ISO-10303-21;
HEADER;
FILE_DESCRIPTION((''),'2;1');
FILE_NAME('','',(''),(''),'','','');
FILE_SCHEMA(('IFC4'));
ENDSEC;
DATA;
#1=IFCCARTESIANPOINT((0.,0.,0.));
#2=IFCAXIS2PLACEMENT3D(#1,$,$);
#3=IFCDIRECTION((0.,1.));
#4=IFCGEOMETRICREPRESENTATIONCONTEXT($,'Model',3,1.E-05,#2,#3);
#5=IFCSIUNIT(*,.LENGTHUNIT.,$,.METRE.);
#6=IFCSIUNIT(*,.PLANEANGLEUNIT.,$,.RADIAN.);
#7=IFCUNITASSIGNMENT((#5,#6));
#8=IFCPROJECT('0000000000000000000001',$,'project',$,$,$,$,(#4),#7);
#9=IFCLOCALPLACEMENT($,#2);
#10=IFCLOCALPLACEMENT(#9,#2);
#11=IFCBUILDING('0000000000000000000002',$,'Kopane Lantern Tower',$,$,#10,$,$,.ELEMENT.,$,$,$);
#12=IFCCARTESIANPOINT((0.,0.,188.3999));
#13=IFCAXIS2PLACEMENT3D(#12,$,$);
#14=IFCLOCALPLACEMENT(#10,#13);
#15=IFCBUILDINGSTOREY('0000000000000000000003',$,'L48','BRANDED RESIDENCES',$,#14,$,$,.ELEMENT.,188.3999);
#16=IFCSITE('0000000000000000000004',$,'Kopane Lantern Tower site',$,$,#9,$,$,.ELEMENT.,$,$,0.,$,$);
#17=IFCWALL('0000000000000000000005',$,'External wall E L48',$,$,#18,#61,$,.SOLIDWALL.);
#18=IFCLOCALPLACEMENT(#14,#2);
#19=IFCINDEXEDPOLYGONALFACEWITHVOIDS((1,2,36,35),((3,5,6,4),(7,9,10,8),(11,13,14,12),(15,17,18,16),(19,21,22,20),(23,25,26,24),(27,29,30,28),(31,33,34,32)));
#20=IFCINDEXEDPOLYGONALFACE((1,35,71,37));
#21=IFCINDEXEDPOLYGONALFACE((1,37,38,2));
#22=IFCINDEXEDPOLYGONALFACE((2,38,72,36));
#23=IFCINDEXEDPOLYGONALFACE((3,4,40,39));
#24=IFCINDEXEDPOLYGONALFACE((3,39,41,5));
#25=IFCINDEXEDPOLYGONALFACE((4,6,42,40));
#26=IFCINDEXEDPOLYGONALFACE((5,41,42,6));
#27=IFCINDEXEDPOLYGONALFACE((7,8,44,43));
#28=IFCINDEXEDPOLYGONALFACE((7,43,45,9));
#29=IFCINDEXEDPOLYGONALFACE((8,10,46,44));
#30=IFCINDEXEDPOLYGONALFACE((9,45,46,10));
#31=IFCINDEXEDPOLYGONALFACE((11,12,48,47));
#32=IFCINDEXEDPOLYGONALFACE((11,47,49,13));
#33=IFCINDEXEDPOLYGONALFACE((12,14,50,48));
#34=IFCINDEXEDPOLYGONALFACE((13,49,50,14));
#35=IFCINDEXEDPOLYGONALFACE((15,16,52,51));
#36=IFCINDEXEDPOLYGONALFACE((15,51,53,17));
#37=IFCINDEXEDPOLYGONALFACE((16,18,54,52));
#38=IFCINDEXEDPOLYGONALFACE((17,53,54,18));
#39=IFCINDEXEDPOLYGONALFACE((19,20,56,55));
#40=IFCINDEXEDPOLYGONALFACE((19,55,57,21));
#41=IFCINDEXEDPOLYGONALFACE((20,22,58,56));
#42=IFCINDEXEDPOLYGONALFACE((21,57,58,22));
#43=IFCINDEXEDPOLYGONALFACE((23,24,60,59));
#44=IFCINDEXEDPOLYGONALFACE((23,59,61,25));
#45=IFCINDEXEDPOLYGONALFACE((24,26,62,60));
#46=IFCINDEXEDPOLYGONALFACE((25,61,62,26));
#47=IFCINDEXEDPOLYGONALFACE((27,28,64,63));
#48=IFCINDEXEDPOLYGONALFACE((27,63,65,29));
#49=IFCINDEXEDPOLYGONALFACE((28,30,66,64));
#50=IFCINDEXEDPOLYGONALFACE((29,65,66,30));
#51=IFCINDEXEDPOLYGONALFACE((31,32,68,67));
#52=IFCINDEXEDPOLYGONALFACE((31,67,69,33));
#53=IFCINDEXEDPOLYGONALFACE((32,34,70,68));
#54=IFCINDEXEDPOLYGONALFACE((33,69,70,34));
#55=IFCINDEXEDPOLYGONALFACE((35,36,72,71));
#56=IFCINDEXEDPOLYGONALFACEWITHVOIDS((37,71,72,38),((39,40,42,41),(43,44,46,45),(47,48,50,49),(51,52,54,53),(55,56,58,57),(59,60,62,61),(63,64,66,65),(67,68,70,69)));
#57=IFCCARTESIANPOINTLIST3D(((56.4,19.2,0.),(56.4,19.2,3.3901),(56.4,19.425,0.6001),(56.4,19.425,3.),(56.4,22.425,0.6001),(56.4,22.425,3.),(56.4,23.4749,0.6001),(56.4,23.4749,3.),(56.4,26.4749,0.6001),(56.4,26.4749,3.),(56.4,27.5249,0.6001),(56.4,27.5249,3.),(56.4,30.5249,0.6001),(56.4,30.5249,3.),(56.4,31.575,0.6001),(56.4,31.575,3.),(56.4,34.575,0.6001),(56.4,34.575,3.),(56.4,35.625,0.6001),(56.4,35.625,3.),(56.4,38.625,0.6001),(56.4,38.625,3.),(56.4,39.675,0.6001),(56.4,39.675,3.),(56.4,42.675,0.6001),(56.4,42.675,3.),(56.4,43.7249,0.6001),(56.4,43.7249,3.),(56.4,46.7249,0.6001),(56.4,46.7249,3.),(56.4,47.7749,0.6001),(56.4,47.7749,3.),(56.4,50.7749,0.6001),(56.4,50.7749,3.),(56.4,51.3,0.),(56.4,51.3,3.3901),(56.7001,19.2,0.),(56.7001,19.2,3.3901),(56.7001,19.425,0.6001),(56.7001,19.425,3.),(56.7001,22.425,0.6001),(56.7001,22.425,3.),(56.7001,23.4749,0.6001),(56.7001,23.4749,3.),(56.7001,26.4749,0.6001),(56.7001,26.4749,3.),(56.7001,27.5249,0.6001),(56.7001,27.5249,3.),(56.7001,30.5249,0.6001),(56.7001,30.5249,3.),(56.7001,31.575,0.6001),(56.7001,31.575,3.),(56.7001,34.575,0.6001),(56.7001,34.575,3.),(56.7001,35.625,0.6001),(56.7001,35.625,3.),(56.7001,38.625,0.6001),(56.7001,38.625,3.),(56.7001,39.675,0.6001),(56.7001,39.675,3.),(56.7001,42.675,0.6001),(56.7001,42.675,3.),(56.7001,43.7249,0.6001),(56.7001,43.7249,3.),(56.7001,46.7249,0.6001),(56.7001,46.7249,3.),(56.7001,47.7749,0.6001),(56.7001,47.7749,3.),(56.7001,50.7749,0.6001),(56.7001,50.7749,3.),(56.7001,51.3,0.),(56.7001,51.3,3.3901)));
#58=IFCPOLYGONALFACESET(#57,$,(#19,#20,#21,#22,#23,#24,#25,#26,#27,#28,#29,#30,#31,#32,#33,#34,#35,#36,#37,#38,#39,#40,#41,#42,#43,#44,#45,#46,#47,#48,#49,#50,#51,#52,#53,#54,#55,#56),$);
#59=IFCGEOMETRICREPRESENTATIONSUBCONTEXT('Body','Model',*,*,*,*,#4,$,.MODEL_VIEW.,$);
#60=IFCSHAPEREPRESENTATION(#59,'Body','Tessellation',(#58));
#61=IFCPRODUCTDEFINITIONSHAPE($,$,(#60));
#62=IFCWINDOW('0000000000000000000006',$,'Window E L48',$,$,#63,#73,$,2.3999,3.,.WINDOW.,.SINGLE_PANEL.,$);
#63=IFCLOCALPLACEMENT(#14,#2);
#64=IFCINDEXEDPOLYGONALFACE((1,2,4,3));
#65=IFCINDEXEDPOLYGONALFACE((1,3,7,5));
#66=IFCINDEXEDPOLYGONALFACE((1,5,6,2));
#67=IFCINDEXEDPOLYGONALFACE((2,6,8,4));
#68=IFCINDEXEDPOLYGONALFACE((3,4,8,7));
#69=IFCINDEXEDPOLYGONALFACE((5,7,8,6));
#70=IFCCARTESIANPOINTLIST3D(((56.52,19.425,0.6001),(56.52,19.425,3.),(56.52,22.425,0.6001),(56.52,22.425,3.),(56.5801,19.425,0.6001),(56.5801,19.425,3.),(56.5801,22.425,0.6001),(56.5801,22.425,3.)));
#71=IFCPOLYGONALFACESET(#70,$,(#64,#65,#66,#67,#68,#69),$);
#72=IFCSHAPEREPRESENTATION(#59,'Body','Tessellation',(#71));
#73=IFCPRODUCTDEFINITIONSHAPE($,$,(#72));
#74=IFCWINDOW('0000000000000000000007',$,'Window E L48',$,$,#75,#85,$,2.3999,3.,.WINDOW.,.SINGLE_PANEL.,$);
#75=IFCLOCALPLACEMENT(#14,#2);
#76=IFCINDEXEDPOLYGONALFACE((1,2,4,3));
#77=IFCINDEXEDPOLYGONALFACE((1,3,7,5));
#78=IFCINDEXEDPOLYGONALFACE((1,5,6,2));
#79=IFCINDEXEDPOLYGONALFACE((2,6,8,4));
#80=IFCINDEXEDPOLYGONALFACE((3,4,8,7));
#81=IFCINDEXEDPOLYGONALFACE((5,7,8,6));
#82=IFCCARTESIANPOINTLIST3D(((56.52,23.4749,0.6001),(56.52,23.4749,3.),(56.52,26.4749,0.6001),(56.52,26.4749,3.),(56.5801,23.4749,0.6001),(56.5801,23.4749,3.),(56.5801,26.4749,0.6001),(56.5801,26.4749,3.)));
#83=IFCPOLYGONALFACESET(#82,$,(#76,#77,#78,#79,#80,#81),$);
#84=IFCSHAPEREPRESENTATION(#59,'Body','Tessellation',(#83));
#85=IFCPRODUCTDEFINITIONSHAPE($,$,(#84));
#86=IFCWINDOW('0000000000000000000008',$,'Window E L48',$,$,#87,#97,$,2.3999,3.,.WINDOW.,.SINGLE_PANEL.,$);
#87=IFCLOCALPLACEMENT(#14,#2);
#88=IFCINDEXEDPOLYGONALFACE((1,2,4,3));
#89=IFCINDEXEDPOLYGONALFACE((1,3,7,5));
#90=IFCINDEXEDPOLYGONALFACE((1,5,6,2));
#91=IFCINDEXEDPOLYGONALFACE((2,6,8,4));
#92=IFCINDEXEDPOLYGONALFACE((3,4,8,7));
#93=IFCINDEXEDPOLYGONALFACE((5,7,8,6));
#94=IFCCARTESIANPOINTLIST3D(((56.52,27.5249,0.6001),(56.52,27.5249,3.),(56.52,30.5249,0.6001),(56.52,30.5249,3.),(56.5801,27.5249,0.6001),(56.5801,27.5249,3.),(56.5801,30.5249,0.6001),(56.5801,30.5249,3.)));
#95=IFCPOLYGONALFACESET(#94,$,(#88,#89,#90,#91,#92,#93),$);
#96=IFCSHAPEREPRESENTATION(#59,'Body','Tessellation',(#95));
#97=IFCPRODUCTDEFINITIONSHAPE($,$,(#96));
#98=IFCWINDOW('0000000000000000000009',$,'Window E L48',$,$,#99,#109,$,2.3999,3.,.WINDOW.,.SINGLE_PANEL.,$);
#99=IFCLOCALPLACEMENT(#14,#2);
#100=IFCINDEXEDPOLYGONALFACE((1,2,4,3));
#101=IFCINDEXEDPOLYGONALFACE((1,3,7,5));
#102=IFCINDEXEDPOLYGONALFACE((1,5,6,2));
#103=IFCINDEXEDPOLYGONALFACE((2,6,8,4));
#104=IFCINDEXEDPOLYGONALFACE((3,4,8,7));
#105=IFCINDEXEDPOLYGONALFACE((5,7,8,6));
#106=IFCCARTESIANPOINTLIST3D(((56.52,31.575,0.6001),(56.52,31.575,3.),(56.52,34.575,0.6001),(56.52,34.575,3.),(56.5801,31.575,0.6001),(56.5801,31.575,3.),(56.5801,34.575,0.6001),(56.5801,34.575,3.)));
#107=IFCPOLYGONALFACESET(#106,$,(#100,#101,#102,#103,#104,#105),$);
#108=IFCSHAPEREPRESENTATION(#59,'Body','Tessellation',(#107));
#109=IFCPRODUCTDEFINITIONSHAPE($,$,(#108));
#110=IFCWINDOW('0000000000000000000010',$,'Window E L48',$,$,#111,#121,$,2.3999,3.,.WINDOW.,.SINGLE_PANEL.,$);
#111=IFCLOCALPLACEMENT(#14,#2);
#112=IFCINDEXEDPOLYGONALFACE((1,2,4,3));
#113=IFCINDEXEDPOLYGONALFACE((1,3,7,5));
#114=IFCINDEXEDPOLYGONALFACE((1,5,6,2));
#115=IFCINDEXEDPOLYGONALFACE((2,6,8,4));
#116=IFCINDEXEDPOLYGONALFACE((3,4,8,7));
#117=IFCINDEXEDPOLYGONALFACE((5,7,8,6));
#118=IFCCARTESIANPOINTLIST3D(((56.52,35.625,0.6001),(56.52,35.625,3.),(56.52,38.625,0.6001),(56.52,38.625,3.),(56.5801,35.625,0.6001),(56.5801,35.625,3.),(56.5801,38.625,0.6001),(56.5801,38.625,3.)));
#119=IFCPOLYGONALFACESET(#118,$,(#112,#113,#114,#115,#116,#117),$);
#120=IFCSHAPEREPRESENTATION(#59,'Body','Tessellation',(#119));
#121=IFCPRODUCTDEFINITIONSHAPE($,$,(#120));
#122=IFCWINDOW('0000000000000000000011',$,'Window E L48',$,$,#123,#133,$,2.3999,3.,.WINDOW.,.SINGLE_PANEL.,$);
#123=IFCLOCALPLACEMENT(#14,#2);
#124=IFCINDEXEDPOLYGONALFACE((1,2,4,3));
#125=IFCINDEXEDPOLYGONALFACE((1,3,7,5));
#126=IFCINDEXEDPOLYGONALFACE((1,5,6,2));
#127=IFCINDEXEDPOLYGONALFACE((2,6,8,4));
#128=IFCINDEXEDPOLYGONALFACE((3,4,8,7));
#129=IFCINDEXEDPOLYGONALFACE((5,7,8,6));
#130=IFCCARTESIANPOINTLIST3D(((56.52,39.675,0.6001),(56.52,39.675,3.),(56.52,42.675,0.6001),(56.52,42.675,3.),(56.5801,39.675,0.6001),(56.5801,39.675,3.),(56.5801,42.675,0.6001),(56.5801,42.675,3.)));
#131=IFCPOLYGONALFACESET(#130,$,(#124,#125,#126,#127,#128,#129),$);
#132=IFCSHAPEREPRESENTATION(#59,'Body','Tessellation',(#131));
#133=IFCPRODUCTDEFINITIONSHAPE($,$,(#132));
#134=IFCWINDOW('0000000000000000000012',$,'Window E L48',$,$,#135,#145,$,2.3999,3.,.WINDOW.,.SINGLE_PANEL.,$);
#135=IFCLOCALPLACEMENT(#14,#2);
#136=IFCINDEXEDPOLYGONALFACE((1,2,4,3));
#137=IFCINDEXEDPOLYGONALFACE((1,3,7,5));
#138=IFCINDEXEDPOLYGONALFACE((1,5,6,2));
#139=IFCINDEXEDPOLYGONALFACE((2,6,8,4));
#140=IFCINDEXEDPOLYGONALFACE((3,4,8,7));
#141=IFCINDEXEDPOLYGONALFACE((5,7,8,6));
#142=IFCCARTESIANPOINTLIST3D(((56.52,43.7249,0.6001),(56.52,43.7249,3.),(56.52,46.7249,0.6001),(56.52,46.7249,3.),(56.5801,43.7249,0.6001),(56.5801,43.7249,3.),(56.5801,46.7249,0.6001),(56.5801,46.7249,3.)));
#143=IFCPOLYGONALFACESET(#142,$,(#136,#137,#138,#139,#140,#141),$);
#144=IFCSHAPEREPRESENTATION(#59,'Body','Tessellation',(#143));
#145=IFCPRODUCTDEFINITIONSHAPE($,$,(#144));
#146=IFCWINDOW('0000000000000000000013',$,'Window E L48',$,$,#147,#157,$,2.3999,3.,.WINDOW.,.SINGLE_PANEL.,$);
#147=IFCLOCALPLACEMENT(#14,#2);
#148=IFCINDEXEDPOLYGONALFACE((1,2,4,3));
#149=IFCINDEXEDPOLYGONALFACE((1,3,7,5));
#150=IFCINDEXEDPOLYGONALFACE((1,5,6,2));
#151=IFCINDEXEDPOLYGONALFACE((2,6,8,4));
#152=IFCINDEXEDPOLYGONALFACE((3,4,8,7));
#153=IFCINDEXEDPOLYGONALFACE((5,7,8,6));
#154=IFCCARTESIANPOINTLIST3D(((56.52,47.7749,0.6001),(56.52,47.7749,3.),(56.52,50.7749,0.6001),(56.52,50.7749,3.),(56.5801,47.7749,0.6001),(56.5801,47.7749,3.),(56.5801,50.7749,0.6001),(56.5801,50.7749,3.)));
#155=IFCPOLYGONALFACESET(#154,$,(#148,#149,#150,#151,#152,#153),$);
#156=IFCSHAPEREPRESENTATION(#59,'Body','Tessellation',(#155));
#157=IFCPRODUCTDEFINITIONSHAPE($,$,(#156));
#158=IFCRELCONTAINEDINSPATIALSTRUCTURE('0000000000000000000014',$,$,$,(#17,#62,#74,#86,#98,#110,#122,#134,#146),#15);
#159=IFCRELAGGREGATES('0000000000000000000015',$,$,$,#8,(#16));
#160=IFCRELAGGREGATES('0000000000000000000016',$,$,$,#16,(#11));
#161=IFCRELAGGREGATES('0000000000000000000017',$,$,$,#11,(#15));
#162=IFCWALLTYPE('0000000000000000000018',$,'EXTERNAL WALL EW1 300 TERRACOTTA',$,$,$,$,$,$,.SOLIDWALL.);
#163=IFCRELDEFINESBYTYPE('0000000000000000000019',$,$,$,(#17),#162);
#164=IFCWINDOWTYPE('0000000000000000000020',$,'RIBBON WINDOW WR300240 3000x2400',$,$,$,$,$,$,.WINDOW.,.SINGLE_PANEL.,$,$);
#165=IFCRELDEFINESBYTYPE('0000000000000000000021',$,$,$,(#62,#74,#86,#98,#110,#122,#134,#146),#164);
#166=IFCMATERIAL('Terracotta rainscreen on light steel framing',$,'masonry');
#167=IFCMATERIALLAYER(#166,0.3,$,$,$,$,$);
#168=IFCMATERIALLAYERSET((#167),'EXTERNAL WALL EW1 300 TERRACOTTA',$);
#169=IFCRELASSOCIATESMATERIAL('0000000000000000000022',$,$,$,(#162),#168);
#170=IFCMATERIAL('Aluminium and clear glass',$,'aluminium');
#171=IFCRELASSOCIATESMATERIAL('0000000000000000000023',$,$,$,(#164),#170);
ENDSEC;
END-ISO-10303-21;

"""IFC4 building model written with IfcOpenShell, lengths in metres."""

from ifc_helpers import new_model, si_unit, direction, frame, frame_2d, origin, place, context, subcontext, project, spatial, rectangle, extrude, material, layer, layer_set, type_object, element, fill, save


model = new_model("IFC4")

# Units and contexts
model_context = context("Model", 3, precision=1e-05, world=origin(), true_north=direction((0.0, 1.0)))
body_context = subcontext(model_context, "Body", "Model", "MODEL_VIEW")
ifc_project = project(units=[si_unit("LENGTHUNIT", "METRE"), si_unit("PLANEANGLEUNIT", "RADIAN")], contexts=[model_context])

# Site, building, storey
site_placement = place(None, origin())
site = spatial("IfcSite", under=ifc_project, at=site_placement, Name="Kopane Lantern Tower site", CompositionType="ELEMENT", RefElevation=0.0)
building_placement = place(site_placement, origin())
building = spatial("IfcBuilding", under=site, at=building_placement, Name="Kopane Lantern Tower", CompositionType="ELEMENT")
storey_placement = place(building_placement, frame((0.0, 0.0, 188.3999)))
storey = spatial("IfcBuildingStorey", under=building, at=storey_placement, Name="L48", Description="BRANDED RESIDENCES", CompositionType="ELEMENT", Elevation=188.3999)

# Shared definitions
ifc_material_1 = material(Name="Terracotta rainscreen on light steel framing", Category="masonry")
ifc_layer = layer(ifc_material_1, 0.3)
ifc_layer_set = layer_set([ifc_layer], Name="EXTERNAL WALL EW1 300 TERRACOTTA")
wall_type = type_object("IfcWallType", Name="EXTERNAL WALL EW1 300 TERRACOTTA", PredefinedType="SOLIDWALL", material=ifc_layer_set)

# Wall, openings, windows
wall_1_placement = place(storey_placement, frame((56.55, 19.2, 0.0), z_axis=(0.0, 0.0, 1.0), x_axis=(0.0, 1.0, 0.0)))
wall_1 = element("IfcWall", 1, at=wall_1_placement, inside=storey, type_object=wall_type, Name="External wall E L48", PredefinedType="SOLIDWALL", context=body_context, shape_type="SweptSolid", body=[
    extrude(rectangle(XDim=32.1001, YDim=0.3, at=frame_2d((16.05, 0.0))), origin(), (0.0, 0.0, 1.0), 3.3901),
])
opening_1_placement = place(wall_1_placement, frame((0.2251, 0.0, 0.6001)))
opening_1 = element("IfcOpeningElement", 2, at=opening_1_placement, cuts=wall_1, PredefinedType="OPENING", context=body_context, shape_type="SweptSolid", body=[
    extrude(rectangle(XDim=3.0, YDim=2.3999, at=frame_2d((1.5, 1.2))), frame((0.0, 0.1599, 0.0), z_axis=(0.0, -1.0, 0.0), x_axis=(1.0, 0.0, 0.0)), (0.0, 0.0, 1.0), 0.3201),
])
opening_2_placement = place(wall_1_placement, frame((4.2749, 0.0, 0.6001)))
opening_2 = element("IfcOpeningElement", 3, at=opening_2_placement, cuts=wall_1, PredefinedType="OPENING", context=body_context, shape_type="SweptSolid", body=[
    extrude(rectangle(XDim=3.0, YDim=2.3999, at=frame_2d((1.5, 1.2))), frame((0.0, 0.1599, 0.0), z_axis=(0.0, -1.0, 0.0), x_axis=(1.0, 0.0, 0.0)), (0.0, 0.0, 1.0), 0.3201),
])
opening_3_placement = place(wall_1_placement, frame((8.325, 0.0, 0.6001)))
opening_3 = element("IfcOpeningElement", 4, at=opening_3_placement, cuts=wall_1, PredefinedType="OPENING", context=body_context, shape_type="SweptSolid", body=[
    extrude(rectangle(XDim=3.0, YDim=2.3999, at=frame_2d((1.5, 1.2))), frame((0.0, 0.1599, 0.0), z_axis=(0.0, -1.0, 0.0), x_axis=(1.0, 0.0, 0.0)), (0.0, 0.0, 1.0), 0.3201),
])
opening_4_placement = place(wall_1_placement, frame((12.375, 0.0, 0.6001)))
opening_4 = element("IfcOpeningElement", 5, at=opening_4_placement, cuts=wall_1, PredefinedType="OPENING", context=body_context, shape_type="SweptSolid", body=[
    extrude(rectangle(XDim=3.0, YDim=2.3999, at=frame_2d((1.5, 1.2))), frame((0.0, 0.1599, 0.0), z_axis=(0.0, -1.0, 0.0), x_axis=(1.0, 0.0, 0.0)), (0.0, 0.0, 1.0), 0.3201),
])
opening_5_placement = place(wall_1_placement, frame((16.425, 0.0, 0.6001)))
opening_5 = element("IfcOpeningElement", 6, at=opening_5_placement, cuts=wall_1, PredefinedType="OPENING", context=body_context, shape_type="SweptSolid", body=[
    extrude(rectangle(XDim=3.0, YDim=2.3999, at=frame_2d((1.5, 1.2))), frame((0.0, 0.1599, 0.0), z_axis=(0.0, -1.0, 0.0), x_axis=(1.0, 0.0, 0.0)), (0.0, 0.0, 1.0), 0.3201),
])
opening_6_placement = place(wall_1_placement, frame((20.4751, 0.0, 0.6001)))
opening_6 = element("IfcOpeningElement", 7, at=opening_6_placement, cuts=wall_1, PredefinedType="OPENING", context=body_context, shape_type="SweptSolid", body=[
    extrude(rectangle(XDim=3.0, YDim=2.3999, at=frame_2d((1.5, 1.2))), frame((0.0, 0.1599, 0.0), z_axis=(0.0, -1.0, 0.0), x_axis=(1.0, 0.0, 0.0)), (0.0, 0.0, 1.0), 0.3201),
])
opening_7_placement = place(wall_1_placement, frame((24.5249, 0.0, 0.6001)))
opening_7 = element("IfcOpeningElement", 8, at=opening_7_placement, cuts=wall_1, PredefinedType="OPENING", context=body_context, shape_type="SweptSolid", body=[
    extrude(rectangle(XDim=3.0, YDim=2.3999, at=frame_2d((1.5, 1.2))), frame((0.0, 0.1599, 0.0), z_axis=(0.0, -1.0, 0.0), x_axis=(1.0, 0.0, 0.0)), (0.0, 0.0, 1.0), 0.3201),
])
opening_8_placement = place(wall_1_placement, frame((28.575, 0.0, 0.6001)))
opening_8 = element("IfcOpeningElement", 9, at=opening_8_placement, cuts=wall_1, PredefinedType="OPENING", context=body_context, shape_type="SweptSolid", body=[
    extrude(rectangle(XDim=3.0, YDim=2.3999, at=frame_2d((1.5, 1.2))), frame((0.0, 0.1599, 0.0), z_axis=(0.0, -1.0, 0.0), x_axis=(1.0, 0.0, 0.0)), (0.0, 0.0, 1.0), 0.3201),
])
ifc_material_2 = material(Name="Aluminium and clear glass", Category="aluminium")
window_type_1 = type_object("IfcWindowType", Name="RIBBON WINDOW WR300240 3000x2400", PartitioningType="SINGLE_PANEL", PredefinedType="WINDOW", material=ifc_material_2)
window_1_placement = place(opening_1_placement, origin())
window_1 = element("IfcWindow", 10, at=window_1_placement, inside=storey, type_object=window_type_1, Name="Window E L48", OverallHeight=2.3999, OverallWidth=3.0, PartitioningType="SINGLE_PANEL", PredefinedType="WINDOW", context=body_context, shape_type="SweptSolid", body=[
    extrude(rectangle(XDim=3.0, YDim=2.3999, at=frame_2d((1.5, 1.2))), frame((0.0, 0.03, 0.0), z_axis=(0.0, -1.0, 0.0), x_axis=(1.0, 0.0, 0.0)), (0.0, 0.0, 1.0), 0.0601),
])
fill(opening_1, window_1)
window_2_placement = place(opening_2_placement, origin())
window_2 = element("IfcWindow", 11, at=window_2_placement, inside=storey, type_object=window_type_1, Name="Window E L48", OverallHeight=2.3999, OverallWidth=3.0, PartitioningType="SINGLE_PANEL", PredefinedType="WINDOW", context=body_context, shape_type="SweptSolid", body=[
    extrude(rectangle(XDim=3.0, YDim=2.3999, at=frame_2d((1.5, 1.2))), frame((0.0, 0.03, 0.0), z_axis=(0.0, -1.0, 0.0), x_axis=(1.0, 0.0, 0.0)), (0.0, 0.0, 1.0), 0.0601),
])
fill(opening_2, window_2)
window_3_placement = place(opening_3_placement, origin())
window_3 = element("IfcWindow", 12, at=window_3_placement, inside=storey, type_object=window_type_1, Name="Window E L48", OverallHeight=2.3999, OverallWidth=3.0, PartitioningType="SINGLE_PANEL", PredefinedType="WINDOW", context=body_context, shape_type="SweptSolid", body=[
    extrude(rectangle(XDim=3.0, YDim=2.3999, at=frame_2d((1.5, 1.2))), frame((0.0, 0.03, 0.0), z_axis=(0.0, -1.0, 0.0), x_axis=(1.0, 0.0, 0.0)), (0.0, 0.0, 1.0), 0.0601),
])
fill(opening_3, window_3)
window_4_placement = place(opening_4_placement, origin())
window_4 = element("IfcWindow", 13, at=window_4_placement, inside=storey, type_object=window_type_1, Name="Window E L48", OverallHeight=2.3999, OverallWidth=3.0, PartitioningType="SINGLE_PANEL", PredefinedType="WINDOW", context=body_context, shape_type="SweptSolid", body=[
    extrude(rectangle(XDim=3.0, YDim=2.3999, at=frame_2d((1.5, 1.2))), frame((0.0, 0.03, 0.0), z_axis=(0.0, -1.0, 0.0), x_axis=(1.0, 0.0, 0.0)), (0.0, 0.0, 1.0), 0.0601),
])
fill(opening_4, window_4)
window_5_placement = place(opening_5_placement, origin())
window_5 = element("IfcWindow", 14, at=window_5_placement, inside=storey, type_object=window_type_1, Name="Window E L48", OverallHeight=2.3999, OverallWidth=3.0, PartitioningType="SINGLE_PANEL", PredefinedType="WINDOW", context=body_context, shape_type="SweptSolid", body=[
    extrude(rectangle(XDim=3.0, YDim=2.3999, at=frame_2d((1.5, 1.2))), frame((0.0, 0.03, 0.0), z_axis=(0.0, -1.0, 0.0), x_axis=(1.0, 0.0, 0.0)), (0.0, 0.0, 1.0), 0.0601),
])
fill(opening_5, window_5)
window_6_placement = place(opening_6_placement, origin())
window_6 = element("IfcWindow", 15, at=window_6_placement, inside=storey, type_object=window_type_1, Name="Window E L48", OverallHeight=2.3999, OverallWidth=3.0, PartitioningType="SINGLE_PANEL", PredefinedType="WINDOW", context=body_context, shape_type="SweptSolid", body=[
    extrude(rectangle(XDim=3.0, YDim=2.3999, at=frame_2d((1.5, 1.2))), frame((0.0, 0.03, 0.0), z_axis=(0.0, -1.0, 0.0), x_axis=(1.0, 0.0, 0.0)), (0.0, 0.0, 1.0), 0.0601),
])
fill(opening_6, window_6)
window_7_placement = place(opening_7_placement, origin())
window_7 = element("IfcWindow", 16, at=window_7_placement, inside=storey, type_object=window_type_1, Name="Window E L48", OverallHeight=2.3999, OverallWidth=3.0, PartitioningType="SINGLE_PANEL", PredefinedType="WINDOW", context=body_context, shape_type="SweptSolid", body=[
    extrude(rectangle(XDim=3.0, YDim=2.3999, at=frame_2d((1.5, 1.2))), frame((0.0, 0.03, 0.0), z_axis=(0.0, -1.0, 0.0), x_axis=(1.0, 0.0, 0.0)), (0.0, 0.0, 1.0), 0.0601),
])
fill(opening_7, window_7)
window_8_placement = place(opening_8_placement, origin())
window_8 = element("IfcWindow", 17, at=window_8_placement, inside=storey, type_object=window_type_1, Name="Window E L48", OverallHeight=2.3999, OverallWidth=3.0, PartitioningType="SINGLE_PANEL", PredefinedType="WINDOW", context=body_context, shape_type="SweptSolid", body=[
    extrude(rectangle(XDim=3.0, YDim=2.3999, at=frame_2d((1.5, 1.2))), frame((0.0, 0.03, 0.0), z_axis=(0.0, -1.0, 0.0), x_axis=(1.0, 0.0, 0.0)), (0.0, 0.0, 1.0), 0.0601),
])
fill(opening_8, window_8)

save(model, "model.ifc")
